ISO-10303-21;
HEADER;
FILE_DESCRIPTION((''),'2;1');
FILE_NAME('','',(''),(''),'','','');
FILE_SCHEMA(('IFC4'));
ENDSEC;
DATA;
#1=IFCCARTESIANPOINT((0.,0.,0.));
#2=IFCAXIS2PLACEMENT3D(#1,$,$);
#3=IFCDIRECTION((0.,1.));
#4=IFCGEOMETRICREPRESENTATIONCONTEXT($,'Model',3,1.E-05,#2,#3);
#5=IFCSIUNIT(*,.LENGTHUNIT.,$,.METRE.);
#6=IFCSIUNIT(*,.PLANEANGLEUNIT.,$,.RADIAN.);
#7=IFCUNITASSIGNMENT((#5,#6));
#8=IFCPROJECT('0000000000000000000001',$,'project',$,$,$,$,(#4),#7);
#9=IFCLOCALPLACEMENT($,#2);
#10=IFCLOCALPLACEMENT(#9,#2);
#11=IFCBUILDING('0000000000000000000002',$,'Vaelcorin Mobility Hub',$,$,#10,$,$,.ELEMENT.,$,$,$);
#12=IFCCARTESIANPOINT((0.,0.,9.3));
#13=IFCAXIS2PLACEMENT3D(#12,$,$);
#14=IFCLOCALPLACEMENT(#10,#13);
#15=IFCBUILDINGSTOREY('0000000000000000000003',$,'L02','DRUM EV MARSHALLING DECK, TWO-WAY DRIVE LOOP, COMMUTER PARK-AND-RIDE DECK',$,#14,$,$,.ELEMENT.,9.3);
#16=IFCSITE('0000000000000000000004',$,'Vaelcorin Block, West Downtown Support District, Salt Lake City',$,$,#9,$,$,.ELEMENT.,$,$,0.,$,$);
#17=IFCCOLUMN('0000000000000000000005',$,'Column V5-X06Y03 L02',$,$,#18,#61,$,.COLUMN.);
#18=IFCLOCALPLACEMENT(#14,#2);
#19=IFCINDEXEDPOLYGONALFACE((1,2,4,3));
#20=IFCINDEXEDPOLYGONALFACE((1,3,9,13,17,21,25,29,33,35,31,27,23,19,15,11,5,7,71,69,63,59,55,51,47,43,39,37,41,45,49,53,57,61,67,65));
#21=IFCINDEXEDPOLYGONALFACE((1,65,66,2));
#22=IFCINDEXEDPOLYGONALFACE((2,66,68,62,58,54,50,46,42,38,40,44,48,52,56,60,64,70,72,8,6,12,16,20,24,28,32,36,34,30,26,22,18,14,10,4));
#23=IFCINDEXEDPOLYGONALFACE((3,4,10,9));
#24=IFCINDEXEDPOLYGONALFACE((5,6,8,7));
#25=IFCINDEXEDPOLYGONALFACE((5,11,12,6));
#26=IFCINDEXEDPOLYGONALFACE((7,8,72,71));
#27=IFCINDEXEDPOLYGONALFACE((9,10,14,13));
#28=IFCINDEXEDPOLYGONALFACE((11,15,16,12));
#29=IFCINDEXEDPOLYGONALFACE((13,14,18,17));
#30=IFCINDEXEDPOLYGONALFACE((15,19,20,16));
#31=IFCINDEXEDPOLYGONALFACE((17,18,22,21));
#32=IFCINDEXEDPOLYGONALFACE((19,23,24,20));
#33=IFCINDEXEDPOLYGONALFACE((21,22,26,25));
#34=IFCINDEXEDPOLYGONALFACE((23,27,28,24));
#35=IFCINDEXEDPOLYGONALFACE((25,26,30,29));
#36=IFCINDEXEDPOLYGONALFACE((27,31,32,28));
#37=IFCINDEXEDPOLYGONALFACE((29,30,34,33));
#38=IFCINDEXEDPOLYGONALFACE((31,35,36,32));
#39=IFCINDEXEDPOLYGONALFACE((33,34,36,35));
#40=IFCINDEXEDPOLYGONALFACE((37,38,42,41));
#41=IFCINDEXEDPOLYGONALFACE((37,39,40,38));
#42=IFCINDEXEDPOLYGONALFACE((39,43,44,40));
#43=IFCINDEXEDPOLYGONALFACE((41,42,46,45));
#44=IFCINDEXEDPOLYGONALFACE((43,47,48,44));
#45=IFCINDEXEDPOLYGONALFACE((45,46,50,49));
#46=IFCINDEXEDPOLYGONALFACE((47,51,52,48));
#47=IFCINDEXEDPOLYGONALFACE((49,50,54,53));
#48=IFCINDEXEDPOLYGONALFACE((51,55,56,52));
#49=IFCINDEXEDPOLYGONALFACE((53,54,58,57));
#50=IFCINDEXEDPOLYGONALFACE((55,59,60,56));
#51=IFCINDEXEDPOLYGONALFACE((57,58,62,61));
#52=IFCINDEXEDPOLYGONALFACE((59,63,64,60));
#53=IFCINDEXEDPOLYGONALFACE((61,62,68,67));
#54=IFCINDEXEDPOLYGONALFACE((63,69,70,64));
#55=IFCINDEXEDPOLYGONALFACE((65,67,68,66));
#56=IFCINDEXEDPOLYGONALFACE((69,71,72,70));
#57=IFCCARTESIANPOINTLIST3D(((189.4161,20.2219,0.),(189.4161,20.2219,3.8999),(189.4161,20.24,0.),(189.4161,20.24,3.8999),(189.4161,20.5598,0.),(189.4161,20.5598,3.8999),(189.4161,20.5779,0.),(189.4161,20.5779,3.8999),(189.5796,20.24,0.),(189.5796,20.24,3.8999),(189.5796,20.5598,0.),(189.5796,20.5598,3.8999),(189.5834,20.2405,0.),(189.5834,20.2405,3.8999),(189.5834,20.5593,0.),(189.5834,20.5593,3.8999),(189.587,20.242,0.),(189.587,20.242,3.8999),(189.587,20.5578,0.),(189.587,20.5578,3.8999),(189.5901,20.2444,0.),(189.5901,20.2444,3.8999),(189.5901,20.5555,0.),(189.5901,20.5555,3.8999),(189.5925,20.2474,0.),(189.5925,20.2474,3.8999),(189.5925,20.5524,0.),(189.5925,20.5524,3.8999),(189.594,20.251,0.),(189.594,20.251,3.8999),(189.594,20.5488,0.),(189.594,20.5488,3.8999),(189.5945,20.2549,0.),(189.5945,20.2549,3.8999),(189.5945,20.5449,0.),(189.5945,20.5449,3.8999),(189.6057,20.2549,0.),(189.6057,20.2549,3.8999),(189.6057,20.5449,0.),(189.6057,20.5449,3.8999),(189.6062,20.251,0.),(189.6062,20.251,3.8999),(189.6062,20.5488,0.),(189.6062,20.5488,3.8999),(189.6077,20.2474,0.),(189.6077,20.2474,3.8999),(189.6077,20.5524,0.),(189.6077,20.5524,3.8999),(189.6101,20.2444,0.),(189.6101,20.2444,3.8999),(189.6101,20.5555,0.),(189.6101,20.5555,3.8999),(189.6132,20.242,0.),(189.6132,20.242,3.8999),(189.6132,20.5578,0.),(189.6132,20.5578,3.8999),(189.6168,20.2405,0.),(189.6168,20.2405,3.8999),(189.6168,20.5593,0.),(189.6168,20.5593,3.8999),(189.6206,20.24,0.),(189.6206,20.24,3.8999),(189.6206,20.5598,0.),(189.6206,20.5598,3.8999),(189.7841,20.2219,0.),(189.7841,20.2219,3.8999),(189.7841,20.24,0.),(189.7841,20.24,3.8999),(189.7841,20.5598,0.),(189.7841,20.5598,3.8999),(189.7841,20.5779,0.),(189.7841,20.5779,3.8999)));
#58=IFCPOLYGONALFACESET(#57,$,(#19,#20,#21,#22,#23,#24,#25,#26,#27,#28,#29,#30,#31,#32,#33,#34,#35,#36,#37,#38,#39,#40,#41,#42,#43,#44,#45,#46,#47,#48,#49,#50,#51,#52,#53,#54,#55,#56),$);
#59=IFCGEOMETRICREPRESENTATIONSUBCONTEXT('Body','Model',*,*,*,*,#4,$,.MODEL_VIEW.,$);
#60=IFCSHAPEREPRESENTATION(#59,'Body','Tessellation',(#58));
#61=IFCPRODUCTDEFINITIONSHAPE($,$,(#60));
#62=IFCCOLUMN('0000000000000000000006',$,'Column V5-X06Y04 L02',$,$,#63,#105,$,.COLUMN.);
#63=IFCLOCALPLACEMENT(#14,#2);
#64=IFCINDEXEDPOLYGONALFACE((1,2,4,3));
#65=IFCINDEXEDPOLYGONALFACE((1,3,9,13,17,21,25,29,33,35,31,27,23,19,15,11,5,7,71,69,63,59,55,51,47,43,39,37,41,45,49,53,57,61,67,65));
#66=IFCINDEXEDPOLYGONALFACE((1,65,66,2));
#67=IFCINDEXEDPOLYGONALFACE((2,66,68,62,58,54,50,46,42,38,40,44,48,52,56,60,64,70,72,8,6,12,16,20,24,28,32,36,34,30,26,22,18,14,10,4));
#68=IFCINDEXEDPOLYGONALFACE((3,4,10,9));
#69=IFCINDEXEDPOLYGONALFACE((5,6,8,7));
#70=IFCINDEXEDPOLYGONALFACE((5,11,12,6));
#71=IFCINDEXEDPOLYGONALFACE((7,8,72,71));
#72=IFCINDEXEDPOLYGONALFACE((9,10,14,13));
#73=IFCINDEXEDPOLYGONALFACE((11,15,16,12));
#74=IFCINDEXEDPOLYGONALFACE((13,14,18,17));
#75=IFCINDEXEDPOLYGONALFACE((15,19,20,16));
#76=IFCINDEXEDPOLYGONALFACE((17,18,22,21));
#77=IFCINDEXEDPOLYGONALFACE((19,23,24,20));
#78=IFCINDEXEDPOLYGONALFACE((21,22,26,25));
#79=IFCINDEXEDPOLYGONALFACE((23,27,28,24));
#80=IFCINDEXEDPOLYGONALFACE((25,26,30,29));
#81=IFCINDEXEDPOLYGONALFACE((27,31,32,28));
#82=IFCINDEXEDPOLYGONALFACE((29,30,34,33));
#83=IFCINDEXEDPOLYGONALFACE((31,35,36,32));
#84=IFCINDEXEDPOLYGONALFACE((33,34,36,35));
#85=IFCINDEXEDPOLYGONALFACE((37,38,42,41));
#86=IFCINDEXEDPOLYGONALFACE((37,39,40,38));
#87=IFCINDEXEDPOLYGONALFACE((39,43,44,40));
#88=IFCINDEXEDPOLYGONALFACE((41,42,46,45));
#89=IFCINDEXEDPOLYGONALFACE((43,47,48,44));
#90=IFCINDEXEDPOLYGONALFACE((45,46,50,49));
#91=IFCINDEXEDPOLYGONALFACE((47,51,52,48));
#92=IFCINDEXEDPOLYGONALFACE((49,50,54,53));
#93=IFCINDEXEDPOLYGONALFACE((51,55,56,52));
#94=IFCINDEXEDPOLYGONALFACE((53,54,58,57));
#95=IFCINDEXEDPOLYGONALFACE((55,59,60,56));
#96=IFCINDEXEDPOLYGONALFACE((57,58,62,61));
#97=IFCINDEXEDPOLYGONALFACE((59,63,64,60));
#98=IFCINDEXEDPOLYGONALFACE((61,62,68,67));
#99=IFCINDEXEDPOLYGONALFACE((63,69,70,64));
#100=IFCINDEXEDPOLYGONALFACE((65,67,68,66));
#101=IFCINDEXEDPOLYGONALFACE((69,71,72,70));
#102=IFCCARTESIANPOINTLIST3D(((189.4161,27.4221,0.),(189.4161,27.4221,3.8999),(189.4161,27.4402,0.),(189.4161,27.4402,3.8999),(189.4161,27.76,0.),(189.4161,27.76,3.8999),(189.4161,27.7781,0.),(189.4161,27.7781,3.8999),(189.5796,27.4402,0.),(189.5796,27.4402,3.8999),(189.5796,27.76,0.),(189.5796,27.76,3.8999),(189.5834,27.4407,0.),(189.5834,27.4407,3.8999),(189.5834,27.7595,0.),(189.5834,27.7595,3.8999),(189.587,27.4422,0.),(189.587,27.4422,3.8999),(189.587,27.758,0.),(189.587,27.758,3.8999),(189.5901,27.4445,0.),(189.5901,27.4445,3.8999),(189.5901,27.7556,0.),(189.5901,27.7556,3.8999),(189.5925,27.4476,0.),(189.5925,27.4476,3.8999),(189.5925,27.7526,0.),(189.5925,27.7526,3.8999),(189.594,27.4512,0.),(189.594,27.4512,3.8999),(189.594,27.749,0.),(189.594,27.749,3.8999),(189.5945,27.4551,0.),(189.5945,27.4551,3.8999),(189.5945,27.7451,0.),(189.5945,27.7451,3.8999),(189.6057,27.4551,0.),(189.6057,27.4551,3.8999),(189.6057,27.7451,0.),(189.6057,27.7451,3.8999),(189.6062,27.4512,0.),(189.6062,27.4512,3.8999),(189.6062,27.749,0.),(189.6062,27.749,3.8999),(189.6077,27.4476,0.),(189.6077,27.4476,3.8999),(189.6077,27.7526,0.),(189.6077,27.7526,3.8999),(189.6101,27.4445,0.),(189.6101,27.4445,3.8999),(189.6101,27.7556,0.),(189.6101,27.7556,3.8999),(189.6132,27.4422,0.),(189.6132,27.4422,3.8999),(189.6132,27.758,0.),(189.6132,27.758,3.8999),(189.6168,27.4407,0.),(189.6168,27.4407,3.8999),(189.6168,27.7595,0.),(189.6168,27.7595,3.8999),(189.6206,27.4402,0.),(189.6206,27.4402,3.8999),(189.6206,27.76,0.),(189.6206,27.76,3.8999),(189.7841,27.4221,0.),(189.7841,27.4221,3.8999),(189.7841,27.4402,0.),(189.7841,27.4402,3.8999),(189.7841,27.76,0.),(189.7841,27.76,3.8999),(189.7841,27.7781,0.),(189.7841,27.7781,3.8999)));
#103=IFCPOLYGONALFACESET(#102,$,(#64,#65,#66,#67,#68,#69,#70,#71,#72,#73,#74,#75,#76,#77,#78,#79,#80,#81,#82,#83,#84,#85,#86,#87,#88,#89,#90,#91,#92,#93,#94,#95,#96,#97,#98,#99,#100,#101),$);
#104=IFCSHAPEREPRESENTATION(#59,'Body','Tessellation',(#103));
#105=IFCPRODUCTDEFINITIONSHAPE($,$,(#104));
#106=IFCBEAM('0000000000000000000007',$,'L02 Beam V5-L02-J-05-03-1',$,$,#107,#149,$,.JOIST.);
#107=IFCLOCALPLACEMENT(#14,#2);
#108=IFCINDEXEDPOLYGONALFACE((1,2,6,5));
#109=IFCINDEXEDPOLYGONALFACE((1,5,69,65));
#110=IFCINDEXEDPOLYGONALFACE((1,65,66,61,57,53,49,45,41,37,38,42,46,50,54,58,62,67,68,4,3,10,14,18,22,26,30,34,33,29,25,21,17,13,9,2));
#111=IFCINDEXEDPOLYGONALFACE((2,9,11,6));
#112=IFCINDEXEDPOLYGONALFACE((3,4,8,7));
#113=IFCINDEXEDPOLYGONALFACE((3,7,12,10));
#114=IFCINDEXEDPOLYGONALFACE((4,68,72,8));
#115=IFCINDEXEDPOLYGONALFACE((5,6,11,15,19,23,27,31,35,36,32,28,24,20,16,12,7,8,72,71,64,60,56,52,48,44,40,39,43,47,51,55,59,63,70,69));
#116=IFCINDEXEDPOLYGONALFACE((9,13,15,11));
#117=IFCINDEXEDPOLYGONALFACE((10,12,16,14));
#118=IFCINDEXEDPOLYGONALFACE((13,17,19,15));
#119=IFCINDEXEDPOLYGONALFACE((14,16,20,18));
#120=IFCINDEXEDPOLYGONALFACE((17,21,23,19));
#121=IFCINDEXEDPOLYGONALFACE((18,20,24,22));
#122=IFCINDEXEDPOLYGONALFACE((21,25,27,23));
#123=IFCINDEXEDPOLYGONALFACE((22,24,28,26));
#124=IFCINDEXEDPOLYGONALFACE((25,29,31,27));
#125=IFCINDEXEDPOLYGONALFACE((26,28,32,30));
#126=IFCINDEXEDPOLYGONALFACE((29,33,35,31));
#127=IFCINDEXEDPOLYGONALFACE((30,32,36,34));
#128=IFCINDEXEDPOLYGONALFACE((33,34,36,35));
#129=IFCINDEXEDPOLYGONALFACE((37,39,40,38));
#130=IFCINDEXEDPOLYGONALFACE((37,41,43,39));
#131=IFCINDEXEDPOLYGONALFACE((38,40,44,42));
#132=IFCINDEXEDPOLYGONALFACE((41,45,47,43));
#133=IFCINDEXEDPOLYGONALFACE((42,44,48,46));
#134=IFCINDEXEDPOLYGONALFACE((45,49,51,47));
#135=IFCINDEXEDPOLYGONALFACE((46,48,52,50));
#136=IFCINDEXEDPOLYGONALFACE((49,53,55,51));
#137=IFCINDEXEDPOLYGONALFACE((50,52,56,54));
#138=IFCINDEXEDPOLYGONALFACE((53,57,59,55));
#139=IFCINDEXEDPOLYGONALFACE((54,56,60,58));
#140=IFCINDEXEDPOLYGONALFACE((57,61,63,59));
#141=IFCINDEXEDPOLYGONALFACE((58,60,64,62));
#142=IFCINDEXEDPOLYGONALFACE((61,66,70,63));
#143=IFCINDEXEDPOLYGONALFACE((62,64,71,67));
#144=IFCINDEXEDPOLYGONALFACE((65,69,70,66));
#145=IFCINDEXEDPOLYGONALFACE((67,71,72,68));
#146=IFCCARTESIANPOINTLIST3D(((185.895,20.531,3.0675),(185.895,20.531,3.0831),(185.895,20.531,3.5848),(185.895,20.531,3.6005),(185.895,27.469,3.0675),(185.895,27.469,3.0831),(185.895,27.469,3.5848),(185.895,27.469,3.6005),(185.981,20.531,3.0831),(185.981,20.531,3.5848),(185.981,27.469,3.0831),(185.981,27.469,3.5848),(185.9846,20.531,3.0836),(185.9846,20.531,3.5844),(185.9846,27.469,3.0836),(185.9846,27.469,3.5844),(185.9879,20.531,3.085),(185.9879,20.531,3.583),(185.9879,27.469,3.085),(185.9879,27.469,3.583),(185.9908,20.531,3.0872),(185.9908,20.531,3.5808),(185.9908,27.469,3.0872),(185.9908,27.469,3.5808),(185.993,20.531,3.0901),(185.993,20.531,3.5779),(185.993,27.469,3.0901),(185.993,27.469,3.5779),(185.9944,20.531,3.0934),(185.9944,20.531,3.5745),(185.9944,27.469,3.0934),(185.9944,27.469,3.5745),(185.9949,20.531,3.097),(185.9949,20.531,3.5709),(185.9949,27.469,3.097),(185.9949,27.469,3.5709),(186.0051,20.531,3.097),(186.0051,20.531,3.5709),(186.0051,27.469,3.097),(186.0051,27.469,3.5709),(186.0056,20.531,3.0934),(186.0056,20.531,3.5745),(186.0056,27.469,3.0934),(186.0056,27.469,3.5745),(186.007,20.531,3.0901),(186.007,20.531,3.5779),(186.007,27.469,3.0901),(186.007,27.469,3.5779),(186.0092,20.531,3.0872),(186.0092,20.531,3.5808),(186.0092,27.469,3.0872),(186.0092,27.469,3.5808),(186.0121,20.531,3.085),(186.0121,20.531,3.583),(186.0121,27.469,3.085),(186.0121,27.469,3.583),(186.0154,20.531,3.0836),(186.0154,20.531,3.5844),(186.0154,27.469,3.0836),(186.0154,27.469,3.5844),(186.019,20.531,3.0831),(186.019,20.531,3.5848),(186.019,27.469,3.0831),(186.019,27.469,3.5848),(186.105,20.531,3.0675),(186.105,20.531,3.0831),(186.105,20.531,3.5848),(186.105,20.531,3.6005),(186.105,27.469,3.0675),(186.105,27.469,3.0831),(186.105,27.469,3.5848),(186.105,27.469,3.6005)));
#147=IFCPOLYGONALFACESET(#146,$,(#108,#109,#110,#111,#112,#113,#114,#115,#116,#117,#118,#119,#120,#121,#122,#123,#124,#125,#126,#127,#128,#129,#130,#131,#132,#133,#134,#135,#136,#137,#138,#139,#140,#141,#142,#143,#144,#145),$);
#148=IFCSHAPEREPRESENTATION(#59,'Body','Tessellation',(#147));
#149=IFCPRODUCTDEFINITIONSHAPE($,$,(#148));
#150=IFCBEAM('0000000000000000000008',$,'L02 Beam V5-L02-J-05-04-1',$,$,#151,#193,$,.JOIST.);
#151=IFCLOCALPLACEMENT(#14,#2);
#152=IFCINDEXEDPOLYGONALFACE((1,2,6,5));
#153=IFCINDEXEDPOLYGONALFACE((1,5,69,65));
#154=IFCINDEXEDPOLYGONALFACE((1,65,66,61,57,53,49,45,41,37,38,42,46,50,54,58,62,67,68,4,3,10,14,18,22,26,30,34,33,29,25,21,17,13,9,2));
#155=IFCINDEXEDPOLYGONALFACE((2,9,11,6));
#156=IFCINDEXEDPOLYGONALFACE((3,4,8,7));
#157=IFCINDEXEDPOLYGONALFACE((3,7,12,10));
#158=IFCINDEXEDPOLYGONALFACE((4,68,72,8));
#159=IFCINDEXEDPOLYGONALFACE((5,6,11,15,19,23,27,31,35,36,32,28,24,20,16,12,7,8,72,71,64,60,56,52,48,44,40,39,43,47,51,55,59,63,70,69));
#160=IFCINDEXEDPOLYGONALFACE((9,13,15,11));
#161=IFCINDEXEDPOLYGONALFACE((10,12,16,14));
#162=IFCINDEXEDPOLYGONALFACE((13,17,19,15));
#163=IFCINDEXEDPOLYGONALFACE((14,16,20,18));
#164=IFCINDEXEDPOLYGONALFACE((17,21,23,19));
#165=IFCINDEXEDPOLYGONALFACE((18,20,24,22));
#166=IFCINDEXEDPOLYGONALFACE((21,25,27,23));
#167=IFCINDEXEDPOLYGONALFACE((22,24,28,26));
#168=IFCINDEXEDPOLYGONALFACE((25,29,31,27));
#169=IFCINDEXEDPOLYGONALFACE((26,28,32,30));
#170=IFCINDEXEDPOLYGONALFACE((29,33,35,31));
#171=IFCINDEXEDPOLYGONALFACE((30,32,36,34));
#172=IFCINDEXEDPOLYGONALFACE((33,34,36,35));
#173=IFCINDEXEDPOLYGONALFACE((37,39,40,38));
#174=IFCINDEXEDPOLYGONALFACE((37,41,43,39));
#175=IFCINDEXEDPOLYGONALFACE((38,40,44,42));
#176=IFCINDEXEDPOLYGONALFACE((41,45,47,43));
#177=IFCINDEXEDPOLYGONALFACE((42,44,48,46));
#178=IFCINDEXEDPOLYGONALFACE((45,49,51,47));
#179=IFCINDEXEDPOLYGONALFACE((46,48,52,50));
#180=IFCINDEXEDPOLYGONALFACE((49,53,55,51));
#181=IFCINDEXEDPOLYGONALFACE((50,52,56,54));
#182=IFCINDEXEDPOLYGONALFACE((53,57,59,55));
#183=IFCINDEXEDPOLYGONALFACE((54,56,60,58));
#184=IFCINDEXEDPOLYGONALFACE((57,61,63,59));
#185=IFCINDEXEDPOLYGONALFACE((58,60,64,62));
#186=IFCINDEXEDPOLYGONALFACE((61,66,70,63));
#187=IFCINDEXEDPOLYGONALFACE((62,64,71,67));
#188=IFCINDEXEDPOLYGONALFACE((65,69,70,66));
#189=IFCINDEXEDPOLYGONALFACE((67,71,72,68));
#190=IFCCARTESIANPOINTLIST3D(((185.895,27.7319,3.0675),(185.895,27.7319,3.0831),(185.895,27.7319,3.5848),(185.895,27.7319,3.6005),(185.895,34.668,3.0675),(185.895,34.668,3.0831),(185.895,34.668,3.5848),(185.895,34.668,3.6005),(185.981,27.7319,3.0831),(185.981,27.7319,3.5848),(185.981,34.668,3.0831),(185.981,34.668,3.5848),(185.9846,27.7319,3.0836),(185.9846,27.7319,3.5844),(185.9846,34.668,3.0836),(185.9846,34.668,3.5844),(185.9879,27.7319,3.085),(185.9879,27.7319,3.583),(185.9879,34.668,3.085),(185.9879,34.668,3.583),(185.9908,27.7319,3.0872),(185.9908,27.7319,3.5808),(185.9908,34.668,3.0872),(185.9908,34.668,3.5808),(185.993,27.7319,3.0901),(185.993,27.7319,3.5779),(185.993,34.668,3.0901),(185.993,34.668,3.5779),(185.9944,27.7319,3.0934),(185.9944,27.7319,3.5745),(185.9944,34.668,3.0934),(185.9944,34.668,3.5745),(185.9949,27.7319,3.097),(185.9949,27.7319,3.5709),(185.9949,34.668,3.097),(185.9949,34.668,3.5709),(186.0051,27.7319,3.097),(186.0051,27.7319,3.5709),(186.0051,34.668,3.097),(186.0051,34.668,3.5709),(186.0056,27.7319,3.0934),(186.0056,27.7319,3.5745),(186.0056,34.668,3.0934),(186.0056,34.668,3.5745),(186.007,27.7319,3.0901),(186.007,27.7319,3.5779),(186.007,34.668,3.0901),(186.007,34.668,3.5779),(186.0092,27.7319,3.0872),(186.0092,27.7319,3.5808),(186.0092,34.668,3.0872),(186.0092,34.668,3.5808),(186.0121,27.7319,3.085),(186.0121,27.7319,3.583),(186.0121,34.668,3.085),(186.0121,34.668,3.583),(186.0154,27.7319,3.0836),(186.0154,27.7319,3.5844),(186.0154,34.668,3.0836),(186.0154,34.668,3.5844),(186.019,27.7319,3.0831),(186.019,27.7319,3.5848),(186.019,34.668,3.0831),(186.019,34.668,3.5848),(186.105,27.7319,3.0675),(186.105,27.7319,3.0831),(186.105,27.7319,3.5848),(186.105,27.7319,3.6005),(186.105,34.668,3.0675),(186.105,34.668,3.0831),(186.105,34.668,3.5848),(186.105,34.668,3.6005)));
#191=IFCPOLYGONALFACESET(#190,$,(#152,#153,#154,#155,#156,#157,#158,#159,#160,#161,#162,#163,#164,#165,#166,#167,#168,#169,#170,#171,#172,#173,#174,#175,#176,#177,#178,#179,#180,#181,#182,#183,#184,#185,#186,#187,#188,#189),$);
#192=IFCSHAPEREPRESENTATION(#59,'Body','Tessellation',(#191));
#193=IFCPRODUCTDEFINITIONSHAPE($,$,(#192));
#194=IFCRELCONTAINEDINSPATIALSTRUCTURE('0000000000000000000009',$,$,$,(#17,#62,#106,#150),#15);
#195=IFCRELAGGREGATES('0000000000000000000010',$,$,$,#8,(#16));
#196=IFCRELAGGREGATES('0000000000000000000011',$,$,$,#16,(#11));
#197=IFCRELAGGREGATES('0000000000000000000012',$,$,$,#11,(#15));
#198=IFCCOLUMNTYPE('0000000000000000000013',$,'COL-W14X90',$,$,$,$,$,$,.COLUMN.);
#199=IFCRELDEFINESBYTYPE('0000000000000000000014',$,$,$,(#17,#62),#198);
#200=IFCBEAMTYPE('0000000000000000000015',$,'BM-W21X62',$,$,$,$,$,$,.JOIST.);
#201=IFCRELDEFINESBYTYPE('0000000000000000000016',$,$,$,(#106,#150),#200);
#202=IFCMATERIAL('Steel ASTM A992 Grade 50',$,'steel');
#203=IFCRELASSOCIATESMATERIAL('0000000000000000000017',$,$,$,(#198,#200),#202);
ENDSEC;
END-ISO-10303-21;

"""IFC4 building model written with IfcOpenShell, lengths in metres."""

from ifc_helpers import new_model, si_unit, direction, frame, origin, origin_2d, place, context, subcontext, project, spatial, i_section, extrude, material, material_profile, profile_set, type_object, element, save


model = new_model("IFC4")

# Units and contexts
model_context = context("Model", 3, precision=1e-05, world=origin(), true_north=direction((0.0, 1.0)))
body_context = subcontext(model_context, "Body", "Model", "MODEL_VIEW")
ifc_project = project(units=[si_unit("LENGTHUNIT", "METRE"), si_unit("PLANEANGLEUNIT", "RADIAN")], contexts=[model_context])

# Site, building, storey
site_placement = place(None, origin())
site = spatial("IfcSite", under=ifc_project, at=site_placement, Name="Vaelcorin Block, West Downtown Support District, Salt Lake City", CompositionType="ELEMENT", RefElevation=0.0)
building_placement = place(site_placement, origin())
building = spatial("IfcBuilding", under=site, at=building_placement, Name="Vaelcorin Mobility Hub", CompositionType="ELEMENT")
storey_placement = place(building_placement, frame((0.0, 0.0, 9.3)))
storey = spatial("IfcBuildingStorey", under=building, at=storey_placement, Name="L02", Description="DRUM EV MARSHALLING DECK, TWO-WAY DRIVE LOOP, COMMUTER PARK-AND-RIDE DECK", CompositionType="ELEMENT", Elevation=9.3)

# Columns
ifc_material_1 = material(Name="Steel ASTM A992 Grade 50", Category="steel")
ifc_material_profile_1 = material_profile(ifc_material_1, i_section(OverallWidth=0.3679, OverallDepth=0.356, WebThickness=0.0112, FlangeThickness=0.0181, FilletRadius=0.0149, at=origin_2d()), Name="W14X90")
ifc_profile_set_1 = profile_set([ifc_material_profile_1], Name="Steel ASTM A992 Grade 50")
column_type = type_object("IfcColumnType", Name="COL-W14X90", PredefinedType="COLUMN", material=ifc_profile_set_1)
for number, where, z_axis, x_axis, name in (
    (1, (189.6001, 20.3999, 0.0), (0.0, 0.0, 1.0), (1.0, 0.0, 0.0), "Column V5-X06Y03 L02"),
    (2, (189.6001, 27.6001, 0.0), (0.0, 0.0, 1.0), (1.0, 0.0, 0.0), "Column V5-X06Y04 L02"),
):
    element("IfcColumn", number, at=place(storey_placement, frame(where, z_axis=z_axis, x_axis=x_axis)), inside=storey, type_object=column_type, Name=name, PredefinedType="COLUMN", context=body_context, shape_type="SweptSolid", body=[
        extrude(i_section(OverallWidth=0.3679, OverallDepth=0.356, WebThickness=0.0112, FlangeThickness=0.0181, FilletRadius=0.0149, at=origin_2d()), origin(), (0.0, 0.0, 1.0), 3.8999),
    ])

# Beams
ifc_material_profile_2 = material_profile(ifc_material_1, i_section(OverallWidth=0.21, OverallDepth=0.533, WebThickness=0.0103, FlangeThickness=0.0156, FilletRadius=0.0139, at=origin_2d()), Name="W21X62")
ifc_profile_set_2 = profile_set([ifc_material_profile_2], Name="Steel ASTM A992 Grade 50")
beam_type_1 = type_object("IfcBeamType", Name="BM-W21X62", PredefinedType="JOIST", material=ifc_profile_set_2)
beam_1_placement = place(storey_placement, frame((186.0, 20.531, 3.334), z_axis=(0.0, 1.0, 0.0), x_axis=(-1.0, 0.0, 0.0)))
element("IfcBeam", 3, at=beam_1_placement, inside=storey, type_object=beam_type_1, Name="L02 Beam V5-L02-J-05-03-1", PredefinedType="JOIST", context=body_context, shape_type="SweptSolid", body=[
    extrude(i_section(OverallWidth=0.21, OverallDepth=0.533, WebThickness=0.0103, FlangeThickness=0.0156, FilletRadius=0.0139, at=origin_2d()), origin(), (0.0, 0.0, 1.0), 6.938),
])
beam_2_placement = place(storey_placement, frame((186.0, 27.7319, 3.334), z_axis=(0.0, 1.0, 0.0), x_axis=(-1.0, 0.0, 0.0)))
element("IfcBeam", 4, at=beam_2_placement, inside=storey, type_object=beam_type_1, Name="L02 Beam V5-L02-J-05-04-1", PredefinedType="JOIST", context=body_context, shape_type="SweptSolid", body=[
    extrude(i_section(OverallWidth=0.21, OverallDepth=0.533, WebThickness=0.0103, FlangeThickness=0.0156, FilletRadius=0.0139, at=origin_2d()), origin(), (0.0, 0.0, 1.0), 6.936),
])

save(model, "model.ifc")
